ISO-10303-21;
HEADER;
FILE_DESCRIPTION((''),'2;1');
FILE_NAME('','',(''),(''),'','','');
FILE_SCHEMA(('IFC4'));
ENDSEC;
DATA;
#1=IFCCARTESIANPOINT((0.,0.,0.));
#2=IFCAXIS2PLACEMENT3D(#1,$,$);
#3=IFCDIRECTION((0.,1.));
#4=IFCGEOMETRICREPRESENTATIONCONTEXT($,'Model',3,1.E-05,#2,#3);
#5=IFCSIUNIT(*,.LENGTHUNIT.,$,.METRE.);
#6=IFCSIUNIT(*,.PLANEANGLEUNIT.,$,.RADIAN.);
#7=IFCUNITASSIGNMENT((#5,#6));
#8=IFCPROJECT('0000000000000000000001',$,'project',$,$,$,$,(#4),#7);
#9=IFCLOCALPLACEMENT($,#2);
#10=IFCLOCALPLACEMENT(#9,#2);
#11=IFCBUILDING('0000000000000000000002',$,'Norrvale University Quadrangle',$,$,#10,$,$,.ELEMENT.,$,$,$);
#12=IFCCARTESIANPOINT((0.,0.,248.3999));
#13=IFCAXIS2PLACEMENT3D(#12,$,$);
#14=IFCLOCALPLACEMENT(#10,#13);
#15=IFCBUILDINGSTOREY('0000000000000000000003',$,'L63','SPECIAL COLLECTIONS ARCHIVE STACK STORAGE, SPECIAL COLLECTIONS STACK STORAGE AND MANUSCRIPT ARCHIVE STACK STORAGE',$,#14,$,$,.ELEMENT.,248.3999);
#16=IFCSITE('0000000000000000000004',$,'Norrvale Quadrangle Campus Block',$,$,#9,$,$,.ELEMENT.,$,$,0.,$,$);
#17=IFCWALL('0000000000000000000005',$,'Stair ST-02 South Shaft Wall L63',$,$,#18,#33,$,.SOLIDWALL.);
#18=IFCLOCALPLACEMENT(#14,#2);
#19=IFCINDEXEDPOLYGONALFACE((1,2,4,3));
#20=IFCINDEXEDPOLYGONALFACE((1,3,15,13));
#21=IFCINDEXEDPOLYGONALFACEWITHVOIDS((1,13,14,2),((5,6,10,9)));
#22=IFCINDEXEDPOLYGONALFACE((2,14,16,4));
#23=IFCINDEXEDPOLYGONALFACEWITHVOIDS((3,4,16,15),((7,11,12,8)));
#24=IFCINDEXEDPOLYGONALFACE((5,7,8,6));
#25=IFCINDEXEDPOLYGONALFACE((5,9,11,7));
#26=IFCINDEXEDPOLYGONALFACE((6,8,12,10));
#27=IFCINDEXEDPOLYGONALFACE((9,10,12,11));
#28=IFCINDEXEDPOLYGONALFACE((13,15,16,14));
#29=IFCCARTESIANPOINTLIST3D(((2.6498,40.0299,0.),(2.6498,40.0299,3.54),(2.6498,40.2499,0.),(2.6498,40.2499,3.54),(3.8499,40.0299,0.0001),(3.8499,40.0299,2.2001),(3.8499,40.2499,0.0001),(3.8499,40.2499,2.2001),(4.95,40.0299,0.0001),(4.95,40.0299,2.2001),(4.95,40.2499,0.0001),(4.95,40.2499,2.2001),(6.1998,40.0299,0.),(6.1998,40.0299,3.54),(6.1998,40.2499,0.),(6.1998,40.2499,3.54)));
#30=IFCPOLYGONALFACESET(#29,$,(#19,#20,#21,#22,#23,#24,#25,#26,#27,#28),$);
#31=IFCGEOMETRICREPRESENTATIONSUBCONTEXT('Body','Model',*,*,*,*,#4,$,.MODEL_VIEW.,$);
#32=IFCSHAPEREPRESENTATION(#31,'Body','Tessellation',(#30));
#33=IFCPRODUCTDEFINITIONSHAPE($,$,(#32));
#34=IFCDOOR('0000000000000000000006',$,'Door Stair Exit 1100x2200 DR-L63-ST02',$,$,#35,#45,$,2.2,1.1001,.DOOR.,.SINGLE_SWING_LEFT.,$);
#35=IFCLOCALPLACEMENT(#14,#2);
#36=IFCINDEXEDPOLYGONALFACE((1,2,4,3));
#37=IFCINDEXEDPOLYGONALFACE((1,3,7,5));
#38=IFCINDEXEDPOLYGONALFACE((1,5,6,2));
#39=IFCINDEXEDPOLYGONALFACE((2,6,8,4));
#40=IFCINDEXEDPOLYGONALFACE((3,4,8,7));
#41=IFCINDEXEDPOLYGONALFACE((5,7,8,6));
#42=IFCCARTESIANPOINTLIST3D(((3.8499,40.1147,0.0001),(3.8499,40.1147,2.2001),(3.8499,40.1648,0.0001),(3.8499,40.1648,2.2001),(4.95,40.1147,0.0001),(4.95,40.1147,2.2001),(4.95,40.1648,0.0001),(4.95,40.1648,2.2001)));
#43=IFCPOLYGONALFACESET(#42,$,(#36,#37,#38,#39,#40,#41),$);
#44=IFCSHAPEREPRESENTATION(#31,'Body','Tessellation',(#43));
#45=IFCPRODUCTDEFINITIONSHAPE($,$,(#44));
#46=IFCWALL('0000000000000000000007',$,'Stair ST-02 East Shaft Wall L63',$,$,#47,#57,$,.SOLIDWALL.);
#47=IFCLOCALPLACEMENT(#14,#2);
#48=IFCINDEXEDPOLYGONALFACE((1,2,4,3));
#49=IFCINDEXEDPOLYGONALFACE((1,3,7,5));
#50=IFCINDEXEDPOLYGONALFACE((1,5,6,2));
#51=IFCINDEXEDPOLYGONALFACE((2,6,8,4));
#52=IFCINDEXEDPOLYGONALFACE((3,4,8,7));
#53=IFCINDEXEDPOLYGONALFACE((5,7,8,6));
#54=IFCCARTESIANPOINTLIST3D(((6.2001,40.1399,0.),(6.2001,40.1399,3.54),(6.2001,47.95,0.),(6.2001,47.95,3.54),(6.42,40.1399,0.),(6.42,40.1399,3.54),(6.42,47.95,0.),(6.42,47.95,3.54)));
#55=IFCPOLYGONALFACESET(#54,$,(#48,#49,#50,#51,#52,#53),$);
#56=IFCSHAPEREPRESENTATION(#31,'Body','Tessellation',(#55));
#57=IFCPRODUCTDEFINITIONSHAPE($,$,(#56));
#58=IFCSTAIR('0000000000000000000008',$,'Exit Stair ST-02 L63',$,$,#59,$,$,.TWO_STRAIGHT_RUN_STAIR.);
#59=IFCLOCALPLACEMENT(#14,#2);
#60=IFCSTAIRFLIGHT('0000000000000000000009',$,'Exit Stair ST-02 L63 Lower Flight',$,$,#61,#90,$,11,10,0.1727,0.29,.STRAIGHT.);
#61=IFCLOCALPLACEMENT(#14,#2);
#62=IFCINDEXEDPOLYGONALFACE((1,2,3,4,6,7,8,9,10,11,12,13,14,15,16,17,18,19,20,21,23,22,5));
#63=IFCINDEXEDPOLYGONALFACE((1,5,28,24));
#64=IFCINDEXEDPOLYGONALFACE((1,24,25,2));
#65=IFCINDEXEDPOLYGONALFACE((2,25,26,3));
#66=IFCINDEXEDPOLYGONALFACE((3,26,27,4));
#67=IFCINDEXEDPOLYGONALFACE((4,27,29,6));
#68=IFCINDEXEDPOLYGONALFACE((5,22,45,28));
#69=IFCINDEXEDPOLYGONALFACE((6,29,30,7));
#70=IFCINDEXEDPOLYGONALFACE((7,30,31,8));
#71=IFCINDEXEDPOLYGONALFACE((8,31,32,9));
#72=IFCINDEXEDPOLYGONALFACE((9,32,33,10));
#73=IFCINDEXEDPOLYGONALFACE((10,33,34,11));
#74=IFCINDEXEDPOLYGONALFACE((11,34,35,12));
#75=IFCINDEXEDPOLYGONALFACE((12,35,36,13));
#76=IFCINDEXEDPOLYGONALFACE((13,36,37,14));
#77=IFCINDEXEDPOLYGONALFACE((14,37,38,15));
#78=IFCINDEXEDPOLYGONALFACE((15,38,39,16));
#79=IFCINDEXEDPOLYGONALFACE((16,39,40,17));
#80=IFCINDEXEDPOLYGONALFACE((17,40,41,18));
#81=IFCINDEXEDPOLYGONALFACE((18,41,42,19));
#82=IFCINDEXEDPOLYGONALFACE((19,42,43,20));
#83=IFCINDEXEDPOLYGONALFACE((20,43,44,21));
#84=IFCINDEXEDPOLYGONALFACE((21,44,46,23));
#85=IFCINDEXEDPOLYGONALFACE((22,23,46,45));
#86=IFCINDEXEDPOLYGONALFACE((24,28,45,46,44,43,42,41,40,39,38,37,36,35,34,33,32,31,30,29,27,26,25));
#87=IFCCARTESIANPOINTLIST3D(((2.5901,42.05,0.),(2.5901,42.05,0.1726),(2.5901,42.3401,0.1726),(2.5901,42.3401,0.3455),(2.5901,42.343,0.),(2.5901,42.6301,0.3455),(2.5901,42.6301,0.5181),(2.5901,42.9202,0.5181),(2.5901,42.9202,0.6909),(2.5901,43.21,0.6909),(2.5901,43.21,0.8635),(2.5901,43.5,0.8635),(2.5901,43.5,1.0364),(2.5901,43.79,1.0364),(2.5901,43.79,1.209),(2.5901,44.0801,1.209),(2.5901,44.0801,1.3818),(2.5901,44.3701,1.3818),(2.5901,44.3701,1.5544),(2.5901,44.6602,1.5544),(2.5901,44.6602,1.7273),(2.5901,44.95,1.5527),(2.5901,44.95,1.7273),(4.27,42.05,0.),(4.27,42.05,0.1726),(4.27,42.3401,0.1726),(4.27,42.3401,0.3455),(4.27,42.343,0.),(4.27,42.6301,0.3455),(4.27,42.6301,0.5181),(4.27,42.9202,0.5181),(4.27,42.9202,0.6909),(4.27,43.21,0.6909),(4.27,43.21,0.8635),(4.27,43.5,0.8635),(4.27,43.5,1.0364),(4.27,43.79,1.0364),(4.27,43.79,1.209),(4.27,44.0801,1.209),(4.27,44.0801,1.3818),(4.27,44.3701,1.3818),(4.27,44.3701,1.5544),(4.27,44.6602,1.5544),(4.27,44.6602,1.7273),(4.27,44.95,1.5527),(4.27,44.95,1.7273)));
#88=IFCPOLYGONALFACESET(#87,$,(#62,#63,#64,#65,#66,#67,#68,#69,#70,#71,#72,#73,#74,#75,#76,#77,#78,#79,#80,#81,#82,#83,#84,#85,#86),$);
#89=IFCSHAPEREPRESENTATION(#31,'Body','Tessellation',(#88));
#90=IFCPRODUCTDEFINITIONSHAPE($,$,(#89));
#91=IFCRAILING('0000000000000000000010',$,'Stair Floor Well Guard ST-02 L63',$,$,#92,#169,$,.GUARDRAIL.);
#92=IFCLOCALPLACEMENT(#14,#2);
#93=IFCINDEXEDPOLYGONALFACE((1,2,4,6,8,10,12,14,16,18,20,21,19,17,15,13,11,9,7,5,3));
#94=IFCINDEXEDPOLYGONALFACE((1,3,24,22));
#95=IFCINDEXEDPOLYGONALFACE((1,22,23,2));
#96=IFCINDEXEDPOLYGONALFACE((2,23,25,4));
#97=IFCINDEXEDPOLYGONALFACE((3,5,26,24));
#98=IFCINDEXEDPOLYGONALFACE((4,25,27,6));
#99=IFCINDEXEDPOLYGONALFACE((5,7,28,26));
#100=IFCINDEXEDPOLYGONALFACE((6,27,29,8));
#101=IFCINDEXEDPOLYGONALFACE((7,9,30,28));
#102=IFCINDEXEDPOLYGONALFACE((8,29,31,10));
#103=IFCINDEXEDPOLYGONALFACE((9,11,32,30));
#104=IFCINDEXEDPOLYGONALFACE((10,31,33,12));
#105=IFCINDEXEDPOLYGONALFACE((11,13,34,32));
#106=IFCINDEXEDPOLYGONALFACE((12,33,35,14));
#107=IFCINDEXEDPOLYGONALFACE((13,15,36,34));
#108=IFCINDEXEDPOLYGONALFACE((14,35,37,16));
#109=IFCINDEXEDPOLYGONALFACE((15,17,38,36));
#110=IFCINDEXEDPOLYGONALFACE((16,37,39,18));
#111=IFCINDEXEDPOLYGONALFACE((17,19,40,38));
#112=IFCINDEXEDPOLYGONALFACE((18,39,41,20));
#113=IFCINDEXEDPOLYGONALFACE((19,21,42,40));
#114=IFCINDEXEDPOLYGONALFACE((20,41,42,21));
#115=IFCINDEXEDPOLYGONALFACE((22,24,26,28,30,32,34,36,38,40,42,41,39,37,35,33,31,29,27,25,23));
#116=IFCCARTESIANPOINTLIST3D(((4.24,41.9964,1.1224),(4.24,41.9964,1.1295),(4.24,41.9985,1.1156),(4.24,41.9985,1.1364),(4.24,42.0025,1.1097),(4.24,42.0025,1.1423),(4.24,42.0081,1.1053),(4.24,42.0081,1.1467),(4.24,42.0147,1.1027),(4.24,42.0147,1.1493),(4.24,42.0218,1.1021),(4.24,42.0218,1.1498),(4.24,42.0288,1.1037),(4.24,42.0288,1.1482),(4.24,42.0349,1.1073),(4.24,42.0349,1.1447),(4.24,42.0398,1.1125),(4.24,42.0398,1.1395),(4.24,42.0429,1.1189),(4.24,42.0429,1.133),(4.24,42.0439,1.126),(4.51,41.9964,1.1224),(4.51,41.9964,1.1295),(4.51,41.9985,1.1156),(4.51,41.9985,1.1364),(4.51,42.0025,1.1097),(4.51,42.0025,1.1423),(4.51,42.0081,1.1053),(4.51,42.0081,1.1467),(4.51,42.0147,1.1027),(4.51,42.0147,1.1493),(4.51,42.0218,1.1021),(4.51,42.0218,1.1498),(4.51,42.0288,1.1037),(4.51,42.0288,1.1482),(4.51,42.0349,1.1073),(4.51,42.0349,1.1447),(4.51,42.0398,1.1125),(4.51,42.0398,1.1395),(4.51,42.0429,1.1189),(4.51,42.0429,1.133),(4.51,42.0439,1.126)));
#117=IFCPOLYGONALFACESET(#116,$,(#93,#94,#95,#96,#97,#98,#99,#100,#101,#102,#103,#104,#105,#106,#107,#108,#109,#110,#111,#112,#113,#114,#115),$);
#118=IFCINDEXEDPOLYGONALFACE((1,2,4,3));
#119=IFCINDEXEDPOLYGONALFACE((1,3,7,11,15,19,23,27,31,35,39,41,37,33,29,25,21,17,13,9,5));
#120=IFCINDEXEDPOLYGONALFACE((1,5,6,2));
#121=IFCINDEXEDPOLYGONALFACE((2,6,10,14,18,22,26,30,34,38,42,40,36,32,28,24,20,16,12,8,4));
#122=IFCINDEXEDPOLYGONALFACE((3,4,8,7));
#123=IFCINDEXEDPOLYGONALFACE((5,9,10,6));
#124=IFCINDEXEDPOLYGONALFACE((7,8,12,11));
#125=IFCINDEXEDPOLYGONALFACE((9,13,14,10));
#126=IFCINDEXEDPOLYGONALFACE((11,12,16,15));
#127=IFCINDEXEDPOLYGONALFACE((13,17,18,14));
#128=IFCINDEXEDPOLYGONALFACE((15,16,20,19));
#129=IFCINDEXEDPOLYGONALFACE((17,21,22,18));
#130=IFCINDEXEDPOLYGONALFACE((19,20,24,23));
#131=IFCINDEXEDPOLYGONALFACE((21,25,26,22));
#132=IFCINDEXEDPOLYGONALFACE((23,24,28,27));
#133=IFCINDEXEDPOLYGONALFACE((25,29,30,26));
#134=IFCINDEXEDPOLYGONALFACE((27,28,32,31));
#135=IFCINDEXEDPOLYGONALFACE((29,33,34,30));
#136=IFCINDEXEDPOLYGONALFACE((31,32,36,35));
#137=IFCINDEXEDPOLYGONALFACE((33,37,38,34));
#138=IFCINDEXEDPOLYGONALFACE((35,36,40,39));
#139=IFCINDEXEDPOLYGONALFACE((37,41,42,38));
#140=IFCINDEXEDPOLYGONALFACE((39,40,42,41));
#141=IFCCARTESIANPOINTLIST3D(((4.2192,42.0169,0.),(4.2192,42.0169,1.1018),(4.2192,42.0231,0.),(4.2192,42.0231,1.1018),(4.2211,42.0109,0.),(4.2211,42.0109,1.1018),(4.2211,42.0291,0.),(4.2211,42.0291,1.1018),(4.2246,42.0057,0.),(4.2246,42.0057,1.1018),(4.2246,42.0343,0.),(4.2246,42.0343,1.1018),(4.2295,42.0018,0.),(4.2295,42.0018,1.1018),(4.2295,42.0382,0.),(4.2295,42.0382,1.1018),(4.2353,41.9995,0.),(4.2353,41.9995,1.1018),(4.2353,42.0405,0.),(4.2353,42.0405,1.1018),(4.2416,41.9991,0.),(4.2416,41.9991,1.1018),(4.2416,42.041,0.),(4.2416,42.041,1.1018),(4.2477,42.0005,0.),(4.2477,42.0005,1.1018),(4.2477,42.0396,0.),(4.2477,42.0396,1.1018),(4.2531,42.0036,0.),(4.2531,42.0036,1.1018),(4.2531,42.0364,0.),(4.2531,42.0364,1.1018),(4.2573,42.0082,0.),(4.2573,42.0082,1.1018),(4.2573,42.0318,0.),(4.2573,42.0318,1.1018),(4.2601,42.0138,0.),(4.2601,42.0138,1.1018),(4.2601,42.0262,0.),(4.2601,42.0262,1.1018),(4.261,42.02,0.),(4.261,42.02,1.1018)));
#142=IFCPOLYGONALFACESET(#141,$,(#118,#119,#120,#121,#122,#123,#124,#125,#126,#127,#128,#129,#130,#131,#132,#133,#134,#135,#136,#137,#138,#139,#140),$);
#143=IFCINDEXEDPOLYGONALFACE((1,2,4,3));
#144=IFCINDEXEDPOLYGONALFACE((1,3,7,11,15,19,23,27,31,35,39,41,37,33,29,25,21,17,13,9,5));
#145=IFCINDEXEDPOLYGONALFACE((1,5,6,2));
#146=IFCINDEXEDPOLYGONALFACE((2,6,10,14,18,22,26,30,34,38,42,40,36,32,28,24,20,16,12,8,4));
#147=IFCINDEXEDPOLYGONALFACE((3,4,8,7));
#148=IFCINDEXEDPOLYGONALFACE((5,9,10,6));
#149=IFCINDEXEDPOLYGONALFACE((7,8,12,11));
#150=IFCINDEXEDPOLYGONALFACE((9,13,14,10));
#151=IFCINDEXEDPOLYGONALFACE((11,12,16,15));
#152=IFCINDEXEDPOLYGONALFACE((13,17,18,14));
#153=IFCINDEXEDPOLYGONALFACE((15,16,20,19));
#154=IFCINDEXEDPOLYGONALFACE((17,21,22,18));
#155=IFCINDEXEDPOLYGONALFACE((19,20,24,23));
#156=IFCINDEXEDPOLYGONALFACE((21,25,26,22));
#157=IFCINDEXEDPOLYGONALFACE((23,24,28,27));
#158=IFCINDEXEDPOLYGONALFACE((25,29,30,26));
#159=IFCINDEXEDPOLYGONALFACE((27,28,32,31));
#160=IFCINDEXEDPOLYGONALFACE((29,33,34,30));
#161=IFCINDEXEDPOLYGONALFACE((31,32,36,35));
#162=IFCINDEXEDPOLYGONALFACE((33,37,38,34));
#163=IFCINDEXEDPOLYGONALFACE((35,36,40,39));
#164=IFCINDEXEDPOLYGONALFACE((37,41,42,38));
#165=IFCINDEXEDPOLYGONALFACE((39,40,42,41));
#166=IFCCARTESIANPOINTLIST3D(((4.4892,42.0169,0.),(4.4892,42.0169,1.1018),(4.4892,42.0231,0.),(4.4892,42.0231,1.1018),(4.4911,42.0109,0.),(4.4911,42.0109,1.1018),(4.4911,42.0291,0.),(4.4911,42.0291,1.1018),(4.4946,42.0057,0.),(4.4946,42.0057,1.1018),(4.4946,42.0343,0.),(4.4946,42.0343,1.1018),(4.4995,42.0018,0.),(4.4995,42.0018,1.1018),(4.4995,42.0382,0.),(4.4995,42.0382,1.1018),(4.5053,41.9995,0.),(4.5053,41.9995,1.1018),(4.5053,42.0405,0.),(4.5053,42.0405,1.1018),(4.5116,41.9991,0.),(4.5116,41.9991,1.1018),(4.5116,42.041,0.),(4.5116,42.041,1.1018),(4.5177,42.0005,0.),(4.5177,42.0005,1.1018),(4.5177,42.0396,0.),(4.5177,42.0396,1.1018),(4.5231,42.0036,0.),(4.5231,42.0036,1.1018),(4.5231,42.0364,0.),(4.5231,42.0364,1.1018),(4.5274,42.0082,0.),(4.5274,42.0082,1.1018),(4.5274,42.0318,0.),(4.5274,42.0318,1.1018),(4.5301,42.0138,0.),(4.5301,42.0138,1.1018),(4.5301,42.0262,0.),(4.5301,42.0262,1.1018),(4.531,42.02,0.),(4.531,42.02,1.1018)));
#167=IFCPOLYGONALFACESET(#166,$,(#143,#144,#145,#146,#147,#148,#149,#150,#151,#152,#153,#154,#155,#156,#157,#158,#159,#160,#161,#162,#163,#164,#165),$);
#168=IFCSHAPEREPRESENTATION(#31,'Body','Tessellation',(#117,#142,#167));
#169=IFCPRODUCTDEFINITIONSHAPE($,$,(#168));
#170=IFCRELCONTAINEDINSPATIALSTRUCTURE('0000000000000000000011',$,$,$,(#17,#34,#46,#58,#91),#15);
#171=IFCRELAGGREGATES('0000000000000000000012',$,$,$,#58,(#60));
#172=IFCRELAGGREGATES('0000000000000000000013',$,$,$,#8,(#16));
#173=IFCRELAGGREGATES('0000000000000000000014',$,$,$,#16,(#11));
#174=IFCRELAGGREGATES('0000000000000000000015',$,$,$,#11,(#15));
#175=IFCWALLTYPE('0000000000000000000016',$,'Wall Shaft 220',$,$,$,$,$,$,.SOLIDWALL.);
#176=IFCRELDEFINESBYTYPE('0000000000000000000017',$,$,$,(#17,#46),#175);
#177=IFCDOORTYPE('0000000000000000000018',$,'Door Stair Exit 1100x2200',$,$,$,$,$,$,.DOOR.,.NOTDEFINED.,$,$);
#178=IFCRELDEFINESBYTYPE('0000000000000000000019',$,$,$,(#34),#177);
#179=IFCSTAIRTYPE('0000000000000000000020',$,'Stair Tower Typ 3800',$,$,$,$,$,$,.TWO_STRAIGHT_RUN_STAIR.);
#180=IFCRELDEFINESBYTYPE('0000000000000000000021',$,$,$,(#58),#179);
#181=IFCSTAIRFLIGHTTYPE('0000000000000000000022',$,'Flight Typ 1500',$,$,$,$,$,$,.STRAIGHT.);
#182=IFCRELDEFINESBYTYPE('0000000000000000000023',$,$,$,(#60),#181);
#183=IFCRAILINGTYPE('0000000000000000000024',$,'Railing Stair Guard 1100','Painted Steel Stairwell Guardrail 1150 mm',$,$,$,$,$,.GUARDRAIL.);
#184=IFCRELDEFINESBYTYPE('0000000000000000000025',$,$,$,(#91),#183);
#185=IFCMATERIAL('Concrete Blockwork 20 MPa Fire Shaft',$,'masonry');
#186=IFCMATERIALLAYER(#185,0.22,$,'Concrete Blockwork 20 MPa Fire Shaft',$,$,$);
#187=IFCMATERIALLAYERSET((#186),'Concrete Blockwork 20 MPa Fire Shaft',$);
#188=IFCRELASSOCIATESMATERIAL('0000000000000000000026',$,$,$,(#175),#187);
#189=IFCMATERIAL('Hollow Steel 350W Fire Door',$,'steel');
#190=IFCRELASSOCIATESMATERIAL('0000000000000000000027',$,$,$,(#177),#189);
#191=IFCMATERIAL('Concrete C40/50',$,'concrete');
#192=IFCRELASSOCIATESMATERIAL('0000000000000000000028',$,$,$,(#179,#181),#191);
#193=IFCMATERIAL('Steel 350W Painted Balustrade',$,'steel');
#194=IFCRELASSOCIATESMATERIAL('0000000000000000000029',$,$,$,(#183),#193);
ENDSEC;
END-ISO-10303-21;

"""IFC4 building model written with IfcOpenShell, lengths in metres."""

from ifc_helpers import new_model, si_unit, direction, frame, frame_2d, origin, origin_2d, place, context, subcontext, project, spatial, polyline, rectangle, circle, outline, extrude, material, layer, layer_set, type_object, element, fill, aggregate, save


model = new_model("IFC4")

# Units and contexts
model_context = context("Model", 3, precision=1e-05, world=origin(), true_north=direction((0.0, 1.0)))
body_context = subcontext(model_context, "Body", "Model", "MODEL_VIEW")
ifc_project = project(units=[si_unit("LENGTHUNIT", "METRE"), si_unit("PLANEANGLEUNIT", "RADIAN")], contexts=[model_context])

# Site, building, storey
site_placement = place(None, origin())
site = spatial("IfcSite", under=ifc_project, at=site_placement, Name="Norrvale Quadrangle Campus Block", CompositionType="ELEMENT", RefElevation=0.0)
building_placement = place(site_placement, origin())
building = spatial("IfcBuilding", under=site, at=building_placement, Name="Norrvale University Quadrangle", CompositionType="ELEMENT")
storey_placement = place(building_placement, frame((0.0, 0.0, 248.3999)))
storey = spatial("IfcBuildingStorey", under=building, at=storey_placement, Name="L63", Description="SPECIAL COLLECTIONS ARCHIVE STACK STORAGE, SPECIAL COLLECTIONS STACK STORAGE AND MANUSCRIPT ARCHIVE STACK STORAGE", CompositionType="ELEMENT", Elevation=248.3999)

# Wall, opening, door
ifc_material_1 = material(Name="Concrete Blockwork 20 MPa Fire Shaft", Category="masonry")
ifc_layer_1 = layer(ifc_material_1, 0.22, Name="Concrete Blockwork 20 MPa Fire Shaft")
ifc_layer_set_1 = layer_set([ifc_layer_1], Name="Concrete Blockwork 20 MPa Fire Shaft")
wall_type_1 = type_object("IfcWallType", Name="Wall Shaft 220", PredefinedType="SOLIDWALL", material=ifc_layer_set_1)
wall_1_placement = place(storey_placement, frame((2.6499, 40.1399, 0.0), z_axis=(0.0, 0.0, 1.0), x_axis=(1.0, 0.0, 0.0)))
wall_1 = element("IfcWall", 1, at=wall_1_placement, inside=storey, type_object=wall_type_1, Name="Stair ST-02 South Shaft Wall L63", PredefinedType="SOLIDWALL", context=body_context, shape_type="SweptSolid", body=[
    extrude(rectangle(XDim=3.55, YDim=0.22, at=frame_2d((1.7749, 0.0))), origin(), (0.0, 0.0, 1.0), 3.54),
])
opening_placement = place(wall_1_placement, frame((1.2, 0.0, 0.0)))
opening = element("IfcOpeningElement", 2, at=opening_placement, cuts=wall_1, PredefinedType="OPENING", context=body_context, shape_type="SweptSolid", body=[
    extrude(rectangle(XDim=1.1001, YDim=2.2, at=frame_2d((0.55, 1.1001))), frame((0.0, 0.1221, 0.0), z_axis=(0.0, -1.0, 0.0), x_axis=(1.0, 0.0, 0.0)), (0.0, 0.0, 1.0), 0.2439),
])
ifc_material_2 = material(Name="Hollow Steel 350W Fire Door", Category="steel")
door_type = type_object("IfcDoorType", Name="Door Stair Exit 1100x2200", OperationType="NOTDEFINED", PredefinedType="DOOR", material=ifc_material_2)
door_placement = place(opening_placement, origin())
door = element("IfcDoor", 3, at=door_placement, inside=storey, type_object=door_type, Name="Door Stair Exit 1100x2200 DR-L63-ST02", OperationType="SINGLE_SWING_LEFT", OverallHeight=2.2, OverallWidth=1.1001, PredefinedType="DOOR", context=body_context, shape_type="SweptSolid", body=[
    extrude(rectangle(XDim=1.1001, YDim=2.2, at=frame_2d((0.55, 1.1001))), frame((0.0, 0.0249, 0.0), z_axis=(0.0, -1.0, 0.0), x_axis=(1.0, 0.0, 0.0)), (0.0, 0.0, 1.0), 0.05),
])
fill(opening, door)

# Wall
wall_2_placement = place(storey_placement, frame((6.3101, 40.1399, 0.0), z_axis=(0.0, 0.0, 1.0), x_axis=(0.0, 1.0, 0.0)))
element("IfcWall", 4, at=wall_2_placement, inside=storey, type_object=wall_type_1, Name="Stair ST-02 East Shaft Wall L63", PredefinedType="SOLIDWALL", context=body_context, shape_type="SweptSolid", body=[
    extrude(rectangle(XDim=7.8101, YDim=0.22, at=frame_2d((3.905, 0.0))), origin(), (0.0, 0.0, 1.0), 3.54),
])

# Stair, stair flight
ifc_material_3 = material(Name="Concrete C40/50", Category="concrete")
stair_type = type_object("IfcStairType", Name="Stair Tower Typ 3800", PredefinedType="TWO_STRAIGHT_RUN_STAIR", material=ifc_material_3)
stair_placement = place(storey_placement, origin())
stair = element("IfcStair", 5, at=stair_placement, inside=storey, type_object=stair_type, Name="Exit Stair ST-02 L63", PredefinedType="TWO_STRAIGHT_RUN_STAIR")
stair_flight_type = type_object("IfcStairFlightType", Name="Flight Typ 1500", PredefinedType="STRAIGHT", material=ifc_material_3)
stair_flight_placement = place(storey_placement, frame((3.4299, 42.05, 0.0), z_axis=(0.0, 0.0, 1.0), x_axis=(0.0, 1.0, 0.0)))
stair_flight = element("IfcStairFlight", 6, at=stair_flight_placement, type_object=stair_flight_type, Name="Exit Stair ST-02 L63 Lower Flight", NumberOfRisers=11, NumberOfTreads=10, PredefinedType="STRAIGHT", RiserHeight=0.1727, TreadLength=0.29, context=body_context, shape_type="SweptSolid", body=[
    extrude(outline(polyline([(0.0, 0.0), (0.0, 0.1726), (0.29, 0.1726), (0.29, 0.3455), (0.5801, 0.3455), (0.5801, 0.5181), (0.8701, 0.5181), (0.8701, 0.6909), (1.1599, 0.6909), (1.1599, 0.8635), (1.45, 0.8635), (1.45, 1.0364), (1.74, 1.0364), (1.74, 1.209), (2.03, 1.209), (2.03, 1.3818), (2.3201, 1.3818), (2.3201, 1.5544), (2.6101, 1.5544), (2.6101, 1.7273), (2.8999, 1.7273), (2.8999, 1.8999), (2.8999, 1.5527), (0.293, 0.0), (0.0, 0.0)])), frame((0.0, 0.8398, 0.0), z_axis=(0.0, -1.0, 0.0), x_axis=(1.0, 0.0, 0.0)), (0.0, 0.0, 1.0), 1.6799),
])
aggregate(stair, [stair_flight])

# Railing
ifc_material_4 = material(Name="Steel 350W Painted Balustrade", Category="steel")
railing_type_1 = type_object("IfcRailingType", Name="Railing Stair Guard 1100", Description="Painted Steel Stairwell Guardrail 1150 mm", PredefinedType="GUARDRAIL", material=ifc_material_4)
railing_1_placement = place(storey_placement, frame((4.24, 42.02, 0.0)))
element("IfcRailing", 7, at=railing_1_placement, inside=storey, type_object=railing_type_1, Name="Stair Floor Well Guard ST-02 L63", PredefinedType="GUARDRAIL", context=body_context, shape_type="SweptSolid", body=[
    extrude(circle(Radius=0.0239, at=origin_2d()), frame((0.0, 0.0, 1.126), z_axis=(1.0, 0.0, 0.0), x_axis=(0.0, 1.0, 0.0)), (0.0, 0.0, 1.0), 0.27),
    extrude(circle(Radius=0.021, at=origin_2d()), origin(), (0.0, 0.0, 1.0), 1.1018),
    extrude(circle(Radius=0.021, at=origin_2d()), frame((0.27, 0.0, 0.0)), (0.0, 0.0, 1.0), 1.1018),
])

save(model, "model.ifc")
